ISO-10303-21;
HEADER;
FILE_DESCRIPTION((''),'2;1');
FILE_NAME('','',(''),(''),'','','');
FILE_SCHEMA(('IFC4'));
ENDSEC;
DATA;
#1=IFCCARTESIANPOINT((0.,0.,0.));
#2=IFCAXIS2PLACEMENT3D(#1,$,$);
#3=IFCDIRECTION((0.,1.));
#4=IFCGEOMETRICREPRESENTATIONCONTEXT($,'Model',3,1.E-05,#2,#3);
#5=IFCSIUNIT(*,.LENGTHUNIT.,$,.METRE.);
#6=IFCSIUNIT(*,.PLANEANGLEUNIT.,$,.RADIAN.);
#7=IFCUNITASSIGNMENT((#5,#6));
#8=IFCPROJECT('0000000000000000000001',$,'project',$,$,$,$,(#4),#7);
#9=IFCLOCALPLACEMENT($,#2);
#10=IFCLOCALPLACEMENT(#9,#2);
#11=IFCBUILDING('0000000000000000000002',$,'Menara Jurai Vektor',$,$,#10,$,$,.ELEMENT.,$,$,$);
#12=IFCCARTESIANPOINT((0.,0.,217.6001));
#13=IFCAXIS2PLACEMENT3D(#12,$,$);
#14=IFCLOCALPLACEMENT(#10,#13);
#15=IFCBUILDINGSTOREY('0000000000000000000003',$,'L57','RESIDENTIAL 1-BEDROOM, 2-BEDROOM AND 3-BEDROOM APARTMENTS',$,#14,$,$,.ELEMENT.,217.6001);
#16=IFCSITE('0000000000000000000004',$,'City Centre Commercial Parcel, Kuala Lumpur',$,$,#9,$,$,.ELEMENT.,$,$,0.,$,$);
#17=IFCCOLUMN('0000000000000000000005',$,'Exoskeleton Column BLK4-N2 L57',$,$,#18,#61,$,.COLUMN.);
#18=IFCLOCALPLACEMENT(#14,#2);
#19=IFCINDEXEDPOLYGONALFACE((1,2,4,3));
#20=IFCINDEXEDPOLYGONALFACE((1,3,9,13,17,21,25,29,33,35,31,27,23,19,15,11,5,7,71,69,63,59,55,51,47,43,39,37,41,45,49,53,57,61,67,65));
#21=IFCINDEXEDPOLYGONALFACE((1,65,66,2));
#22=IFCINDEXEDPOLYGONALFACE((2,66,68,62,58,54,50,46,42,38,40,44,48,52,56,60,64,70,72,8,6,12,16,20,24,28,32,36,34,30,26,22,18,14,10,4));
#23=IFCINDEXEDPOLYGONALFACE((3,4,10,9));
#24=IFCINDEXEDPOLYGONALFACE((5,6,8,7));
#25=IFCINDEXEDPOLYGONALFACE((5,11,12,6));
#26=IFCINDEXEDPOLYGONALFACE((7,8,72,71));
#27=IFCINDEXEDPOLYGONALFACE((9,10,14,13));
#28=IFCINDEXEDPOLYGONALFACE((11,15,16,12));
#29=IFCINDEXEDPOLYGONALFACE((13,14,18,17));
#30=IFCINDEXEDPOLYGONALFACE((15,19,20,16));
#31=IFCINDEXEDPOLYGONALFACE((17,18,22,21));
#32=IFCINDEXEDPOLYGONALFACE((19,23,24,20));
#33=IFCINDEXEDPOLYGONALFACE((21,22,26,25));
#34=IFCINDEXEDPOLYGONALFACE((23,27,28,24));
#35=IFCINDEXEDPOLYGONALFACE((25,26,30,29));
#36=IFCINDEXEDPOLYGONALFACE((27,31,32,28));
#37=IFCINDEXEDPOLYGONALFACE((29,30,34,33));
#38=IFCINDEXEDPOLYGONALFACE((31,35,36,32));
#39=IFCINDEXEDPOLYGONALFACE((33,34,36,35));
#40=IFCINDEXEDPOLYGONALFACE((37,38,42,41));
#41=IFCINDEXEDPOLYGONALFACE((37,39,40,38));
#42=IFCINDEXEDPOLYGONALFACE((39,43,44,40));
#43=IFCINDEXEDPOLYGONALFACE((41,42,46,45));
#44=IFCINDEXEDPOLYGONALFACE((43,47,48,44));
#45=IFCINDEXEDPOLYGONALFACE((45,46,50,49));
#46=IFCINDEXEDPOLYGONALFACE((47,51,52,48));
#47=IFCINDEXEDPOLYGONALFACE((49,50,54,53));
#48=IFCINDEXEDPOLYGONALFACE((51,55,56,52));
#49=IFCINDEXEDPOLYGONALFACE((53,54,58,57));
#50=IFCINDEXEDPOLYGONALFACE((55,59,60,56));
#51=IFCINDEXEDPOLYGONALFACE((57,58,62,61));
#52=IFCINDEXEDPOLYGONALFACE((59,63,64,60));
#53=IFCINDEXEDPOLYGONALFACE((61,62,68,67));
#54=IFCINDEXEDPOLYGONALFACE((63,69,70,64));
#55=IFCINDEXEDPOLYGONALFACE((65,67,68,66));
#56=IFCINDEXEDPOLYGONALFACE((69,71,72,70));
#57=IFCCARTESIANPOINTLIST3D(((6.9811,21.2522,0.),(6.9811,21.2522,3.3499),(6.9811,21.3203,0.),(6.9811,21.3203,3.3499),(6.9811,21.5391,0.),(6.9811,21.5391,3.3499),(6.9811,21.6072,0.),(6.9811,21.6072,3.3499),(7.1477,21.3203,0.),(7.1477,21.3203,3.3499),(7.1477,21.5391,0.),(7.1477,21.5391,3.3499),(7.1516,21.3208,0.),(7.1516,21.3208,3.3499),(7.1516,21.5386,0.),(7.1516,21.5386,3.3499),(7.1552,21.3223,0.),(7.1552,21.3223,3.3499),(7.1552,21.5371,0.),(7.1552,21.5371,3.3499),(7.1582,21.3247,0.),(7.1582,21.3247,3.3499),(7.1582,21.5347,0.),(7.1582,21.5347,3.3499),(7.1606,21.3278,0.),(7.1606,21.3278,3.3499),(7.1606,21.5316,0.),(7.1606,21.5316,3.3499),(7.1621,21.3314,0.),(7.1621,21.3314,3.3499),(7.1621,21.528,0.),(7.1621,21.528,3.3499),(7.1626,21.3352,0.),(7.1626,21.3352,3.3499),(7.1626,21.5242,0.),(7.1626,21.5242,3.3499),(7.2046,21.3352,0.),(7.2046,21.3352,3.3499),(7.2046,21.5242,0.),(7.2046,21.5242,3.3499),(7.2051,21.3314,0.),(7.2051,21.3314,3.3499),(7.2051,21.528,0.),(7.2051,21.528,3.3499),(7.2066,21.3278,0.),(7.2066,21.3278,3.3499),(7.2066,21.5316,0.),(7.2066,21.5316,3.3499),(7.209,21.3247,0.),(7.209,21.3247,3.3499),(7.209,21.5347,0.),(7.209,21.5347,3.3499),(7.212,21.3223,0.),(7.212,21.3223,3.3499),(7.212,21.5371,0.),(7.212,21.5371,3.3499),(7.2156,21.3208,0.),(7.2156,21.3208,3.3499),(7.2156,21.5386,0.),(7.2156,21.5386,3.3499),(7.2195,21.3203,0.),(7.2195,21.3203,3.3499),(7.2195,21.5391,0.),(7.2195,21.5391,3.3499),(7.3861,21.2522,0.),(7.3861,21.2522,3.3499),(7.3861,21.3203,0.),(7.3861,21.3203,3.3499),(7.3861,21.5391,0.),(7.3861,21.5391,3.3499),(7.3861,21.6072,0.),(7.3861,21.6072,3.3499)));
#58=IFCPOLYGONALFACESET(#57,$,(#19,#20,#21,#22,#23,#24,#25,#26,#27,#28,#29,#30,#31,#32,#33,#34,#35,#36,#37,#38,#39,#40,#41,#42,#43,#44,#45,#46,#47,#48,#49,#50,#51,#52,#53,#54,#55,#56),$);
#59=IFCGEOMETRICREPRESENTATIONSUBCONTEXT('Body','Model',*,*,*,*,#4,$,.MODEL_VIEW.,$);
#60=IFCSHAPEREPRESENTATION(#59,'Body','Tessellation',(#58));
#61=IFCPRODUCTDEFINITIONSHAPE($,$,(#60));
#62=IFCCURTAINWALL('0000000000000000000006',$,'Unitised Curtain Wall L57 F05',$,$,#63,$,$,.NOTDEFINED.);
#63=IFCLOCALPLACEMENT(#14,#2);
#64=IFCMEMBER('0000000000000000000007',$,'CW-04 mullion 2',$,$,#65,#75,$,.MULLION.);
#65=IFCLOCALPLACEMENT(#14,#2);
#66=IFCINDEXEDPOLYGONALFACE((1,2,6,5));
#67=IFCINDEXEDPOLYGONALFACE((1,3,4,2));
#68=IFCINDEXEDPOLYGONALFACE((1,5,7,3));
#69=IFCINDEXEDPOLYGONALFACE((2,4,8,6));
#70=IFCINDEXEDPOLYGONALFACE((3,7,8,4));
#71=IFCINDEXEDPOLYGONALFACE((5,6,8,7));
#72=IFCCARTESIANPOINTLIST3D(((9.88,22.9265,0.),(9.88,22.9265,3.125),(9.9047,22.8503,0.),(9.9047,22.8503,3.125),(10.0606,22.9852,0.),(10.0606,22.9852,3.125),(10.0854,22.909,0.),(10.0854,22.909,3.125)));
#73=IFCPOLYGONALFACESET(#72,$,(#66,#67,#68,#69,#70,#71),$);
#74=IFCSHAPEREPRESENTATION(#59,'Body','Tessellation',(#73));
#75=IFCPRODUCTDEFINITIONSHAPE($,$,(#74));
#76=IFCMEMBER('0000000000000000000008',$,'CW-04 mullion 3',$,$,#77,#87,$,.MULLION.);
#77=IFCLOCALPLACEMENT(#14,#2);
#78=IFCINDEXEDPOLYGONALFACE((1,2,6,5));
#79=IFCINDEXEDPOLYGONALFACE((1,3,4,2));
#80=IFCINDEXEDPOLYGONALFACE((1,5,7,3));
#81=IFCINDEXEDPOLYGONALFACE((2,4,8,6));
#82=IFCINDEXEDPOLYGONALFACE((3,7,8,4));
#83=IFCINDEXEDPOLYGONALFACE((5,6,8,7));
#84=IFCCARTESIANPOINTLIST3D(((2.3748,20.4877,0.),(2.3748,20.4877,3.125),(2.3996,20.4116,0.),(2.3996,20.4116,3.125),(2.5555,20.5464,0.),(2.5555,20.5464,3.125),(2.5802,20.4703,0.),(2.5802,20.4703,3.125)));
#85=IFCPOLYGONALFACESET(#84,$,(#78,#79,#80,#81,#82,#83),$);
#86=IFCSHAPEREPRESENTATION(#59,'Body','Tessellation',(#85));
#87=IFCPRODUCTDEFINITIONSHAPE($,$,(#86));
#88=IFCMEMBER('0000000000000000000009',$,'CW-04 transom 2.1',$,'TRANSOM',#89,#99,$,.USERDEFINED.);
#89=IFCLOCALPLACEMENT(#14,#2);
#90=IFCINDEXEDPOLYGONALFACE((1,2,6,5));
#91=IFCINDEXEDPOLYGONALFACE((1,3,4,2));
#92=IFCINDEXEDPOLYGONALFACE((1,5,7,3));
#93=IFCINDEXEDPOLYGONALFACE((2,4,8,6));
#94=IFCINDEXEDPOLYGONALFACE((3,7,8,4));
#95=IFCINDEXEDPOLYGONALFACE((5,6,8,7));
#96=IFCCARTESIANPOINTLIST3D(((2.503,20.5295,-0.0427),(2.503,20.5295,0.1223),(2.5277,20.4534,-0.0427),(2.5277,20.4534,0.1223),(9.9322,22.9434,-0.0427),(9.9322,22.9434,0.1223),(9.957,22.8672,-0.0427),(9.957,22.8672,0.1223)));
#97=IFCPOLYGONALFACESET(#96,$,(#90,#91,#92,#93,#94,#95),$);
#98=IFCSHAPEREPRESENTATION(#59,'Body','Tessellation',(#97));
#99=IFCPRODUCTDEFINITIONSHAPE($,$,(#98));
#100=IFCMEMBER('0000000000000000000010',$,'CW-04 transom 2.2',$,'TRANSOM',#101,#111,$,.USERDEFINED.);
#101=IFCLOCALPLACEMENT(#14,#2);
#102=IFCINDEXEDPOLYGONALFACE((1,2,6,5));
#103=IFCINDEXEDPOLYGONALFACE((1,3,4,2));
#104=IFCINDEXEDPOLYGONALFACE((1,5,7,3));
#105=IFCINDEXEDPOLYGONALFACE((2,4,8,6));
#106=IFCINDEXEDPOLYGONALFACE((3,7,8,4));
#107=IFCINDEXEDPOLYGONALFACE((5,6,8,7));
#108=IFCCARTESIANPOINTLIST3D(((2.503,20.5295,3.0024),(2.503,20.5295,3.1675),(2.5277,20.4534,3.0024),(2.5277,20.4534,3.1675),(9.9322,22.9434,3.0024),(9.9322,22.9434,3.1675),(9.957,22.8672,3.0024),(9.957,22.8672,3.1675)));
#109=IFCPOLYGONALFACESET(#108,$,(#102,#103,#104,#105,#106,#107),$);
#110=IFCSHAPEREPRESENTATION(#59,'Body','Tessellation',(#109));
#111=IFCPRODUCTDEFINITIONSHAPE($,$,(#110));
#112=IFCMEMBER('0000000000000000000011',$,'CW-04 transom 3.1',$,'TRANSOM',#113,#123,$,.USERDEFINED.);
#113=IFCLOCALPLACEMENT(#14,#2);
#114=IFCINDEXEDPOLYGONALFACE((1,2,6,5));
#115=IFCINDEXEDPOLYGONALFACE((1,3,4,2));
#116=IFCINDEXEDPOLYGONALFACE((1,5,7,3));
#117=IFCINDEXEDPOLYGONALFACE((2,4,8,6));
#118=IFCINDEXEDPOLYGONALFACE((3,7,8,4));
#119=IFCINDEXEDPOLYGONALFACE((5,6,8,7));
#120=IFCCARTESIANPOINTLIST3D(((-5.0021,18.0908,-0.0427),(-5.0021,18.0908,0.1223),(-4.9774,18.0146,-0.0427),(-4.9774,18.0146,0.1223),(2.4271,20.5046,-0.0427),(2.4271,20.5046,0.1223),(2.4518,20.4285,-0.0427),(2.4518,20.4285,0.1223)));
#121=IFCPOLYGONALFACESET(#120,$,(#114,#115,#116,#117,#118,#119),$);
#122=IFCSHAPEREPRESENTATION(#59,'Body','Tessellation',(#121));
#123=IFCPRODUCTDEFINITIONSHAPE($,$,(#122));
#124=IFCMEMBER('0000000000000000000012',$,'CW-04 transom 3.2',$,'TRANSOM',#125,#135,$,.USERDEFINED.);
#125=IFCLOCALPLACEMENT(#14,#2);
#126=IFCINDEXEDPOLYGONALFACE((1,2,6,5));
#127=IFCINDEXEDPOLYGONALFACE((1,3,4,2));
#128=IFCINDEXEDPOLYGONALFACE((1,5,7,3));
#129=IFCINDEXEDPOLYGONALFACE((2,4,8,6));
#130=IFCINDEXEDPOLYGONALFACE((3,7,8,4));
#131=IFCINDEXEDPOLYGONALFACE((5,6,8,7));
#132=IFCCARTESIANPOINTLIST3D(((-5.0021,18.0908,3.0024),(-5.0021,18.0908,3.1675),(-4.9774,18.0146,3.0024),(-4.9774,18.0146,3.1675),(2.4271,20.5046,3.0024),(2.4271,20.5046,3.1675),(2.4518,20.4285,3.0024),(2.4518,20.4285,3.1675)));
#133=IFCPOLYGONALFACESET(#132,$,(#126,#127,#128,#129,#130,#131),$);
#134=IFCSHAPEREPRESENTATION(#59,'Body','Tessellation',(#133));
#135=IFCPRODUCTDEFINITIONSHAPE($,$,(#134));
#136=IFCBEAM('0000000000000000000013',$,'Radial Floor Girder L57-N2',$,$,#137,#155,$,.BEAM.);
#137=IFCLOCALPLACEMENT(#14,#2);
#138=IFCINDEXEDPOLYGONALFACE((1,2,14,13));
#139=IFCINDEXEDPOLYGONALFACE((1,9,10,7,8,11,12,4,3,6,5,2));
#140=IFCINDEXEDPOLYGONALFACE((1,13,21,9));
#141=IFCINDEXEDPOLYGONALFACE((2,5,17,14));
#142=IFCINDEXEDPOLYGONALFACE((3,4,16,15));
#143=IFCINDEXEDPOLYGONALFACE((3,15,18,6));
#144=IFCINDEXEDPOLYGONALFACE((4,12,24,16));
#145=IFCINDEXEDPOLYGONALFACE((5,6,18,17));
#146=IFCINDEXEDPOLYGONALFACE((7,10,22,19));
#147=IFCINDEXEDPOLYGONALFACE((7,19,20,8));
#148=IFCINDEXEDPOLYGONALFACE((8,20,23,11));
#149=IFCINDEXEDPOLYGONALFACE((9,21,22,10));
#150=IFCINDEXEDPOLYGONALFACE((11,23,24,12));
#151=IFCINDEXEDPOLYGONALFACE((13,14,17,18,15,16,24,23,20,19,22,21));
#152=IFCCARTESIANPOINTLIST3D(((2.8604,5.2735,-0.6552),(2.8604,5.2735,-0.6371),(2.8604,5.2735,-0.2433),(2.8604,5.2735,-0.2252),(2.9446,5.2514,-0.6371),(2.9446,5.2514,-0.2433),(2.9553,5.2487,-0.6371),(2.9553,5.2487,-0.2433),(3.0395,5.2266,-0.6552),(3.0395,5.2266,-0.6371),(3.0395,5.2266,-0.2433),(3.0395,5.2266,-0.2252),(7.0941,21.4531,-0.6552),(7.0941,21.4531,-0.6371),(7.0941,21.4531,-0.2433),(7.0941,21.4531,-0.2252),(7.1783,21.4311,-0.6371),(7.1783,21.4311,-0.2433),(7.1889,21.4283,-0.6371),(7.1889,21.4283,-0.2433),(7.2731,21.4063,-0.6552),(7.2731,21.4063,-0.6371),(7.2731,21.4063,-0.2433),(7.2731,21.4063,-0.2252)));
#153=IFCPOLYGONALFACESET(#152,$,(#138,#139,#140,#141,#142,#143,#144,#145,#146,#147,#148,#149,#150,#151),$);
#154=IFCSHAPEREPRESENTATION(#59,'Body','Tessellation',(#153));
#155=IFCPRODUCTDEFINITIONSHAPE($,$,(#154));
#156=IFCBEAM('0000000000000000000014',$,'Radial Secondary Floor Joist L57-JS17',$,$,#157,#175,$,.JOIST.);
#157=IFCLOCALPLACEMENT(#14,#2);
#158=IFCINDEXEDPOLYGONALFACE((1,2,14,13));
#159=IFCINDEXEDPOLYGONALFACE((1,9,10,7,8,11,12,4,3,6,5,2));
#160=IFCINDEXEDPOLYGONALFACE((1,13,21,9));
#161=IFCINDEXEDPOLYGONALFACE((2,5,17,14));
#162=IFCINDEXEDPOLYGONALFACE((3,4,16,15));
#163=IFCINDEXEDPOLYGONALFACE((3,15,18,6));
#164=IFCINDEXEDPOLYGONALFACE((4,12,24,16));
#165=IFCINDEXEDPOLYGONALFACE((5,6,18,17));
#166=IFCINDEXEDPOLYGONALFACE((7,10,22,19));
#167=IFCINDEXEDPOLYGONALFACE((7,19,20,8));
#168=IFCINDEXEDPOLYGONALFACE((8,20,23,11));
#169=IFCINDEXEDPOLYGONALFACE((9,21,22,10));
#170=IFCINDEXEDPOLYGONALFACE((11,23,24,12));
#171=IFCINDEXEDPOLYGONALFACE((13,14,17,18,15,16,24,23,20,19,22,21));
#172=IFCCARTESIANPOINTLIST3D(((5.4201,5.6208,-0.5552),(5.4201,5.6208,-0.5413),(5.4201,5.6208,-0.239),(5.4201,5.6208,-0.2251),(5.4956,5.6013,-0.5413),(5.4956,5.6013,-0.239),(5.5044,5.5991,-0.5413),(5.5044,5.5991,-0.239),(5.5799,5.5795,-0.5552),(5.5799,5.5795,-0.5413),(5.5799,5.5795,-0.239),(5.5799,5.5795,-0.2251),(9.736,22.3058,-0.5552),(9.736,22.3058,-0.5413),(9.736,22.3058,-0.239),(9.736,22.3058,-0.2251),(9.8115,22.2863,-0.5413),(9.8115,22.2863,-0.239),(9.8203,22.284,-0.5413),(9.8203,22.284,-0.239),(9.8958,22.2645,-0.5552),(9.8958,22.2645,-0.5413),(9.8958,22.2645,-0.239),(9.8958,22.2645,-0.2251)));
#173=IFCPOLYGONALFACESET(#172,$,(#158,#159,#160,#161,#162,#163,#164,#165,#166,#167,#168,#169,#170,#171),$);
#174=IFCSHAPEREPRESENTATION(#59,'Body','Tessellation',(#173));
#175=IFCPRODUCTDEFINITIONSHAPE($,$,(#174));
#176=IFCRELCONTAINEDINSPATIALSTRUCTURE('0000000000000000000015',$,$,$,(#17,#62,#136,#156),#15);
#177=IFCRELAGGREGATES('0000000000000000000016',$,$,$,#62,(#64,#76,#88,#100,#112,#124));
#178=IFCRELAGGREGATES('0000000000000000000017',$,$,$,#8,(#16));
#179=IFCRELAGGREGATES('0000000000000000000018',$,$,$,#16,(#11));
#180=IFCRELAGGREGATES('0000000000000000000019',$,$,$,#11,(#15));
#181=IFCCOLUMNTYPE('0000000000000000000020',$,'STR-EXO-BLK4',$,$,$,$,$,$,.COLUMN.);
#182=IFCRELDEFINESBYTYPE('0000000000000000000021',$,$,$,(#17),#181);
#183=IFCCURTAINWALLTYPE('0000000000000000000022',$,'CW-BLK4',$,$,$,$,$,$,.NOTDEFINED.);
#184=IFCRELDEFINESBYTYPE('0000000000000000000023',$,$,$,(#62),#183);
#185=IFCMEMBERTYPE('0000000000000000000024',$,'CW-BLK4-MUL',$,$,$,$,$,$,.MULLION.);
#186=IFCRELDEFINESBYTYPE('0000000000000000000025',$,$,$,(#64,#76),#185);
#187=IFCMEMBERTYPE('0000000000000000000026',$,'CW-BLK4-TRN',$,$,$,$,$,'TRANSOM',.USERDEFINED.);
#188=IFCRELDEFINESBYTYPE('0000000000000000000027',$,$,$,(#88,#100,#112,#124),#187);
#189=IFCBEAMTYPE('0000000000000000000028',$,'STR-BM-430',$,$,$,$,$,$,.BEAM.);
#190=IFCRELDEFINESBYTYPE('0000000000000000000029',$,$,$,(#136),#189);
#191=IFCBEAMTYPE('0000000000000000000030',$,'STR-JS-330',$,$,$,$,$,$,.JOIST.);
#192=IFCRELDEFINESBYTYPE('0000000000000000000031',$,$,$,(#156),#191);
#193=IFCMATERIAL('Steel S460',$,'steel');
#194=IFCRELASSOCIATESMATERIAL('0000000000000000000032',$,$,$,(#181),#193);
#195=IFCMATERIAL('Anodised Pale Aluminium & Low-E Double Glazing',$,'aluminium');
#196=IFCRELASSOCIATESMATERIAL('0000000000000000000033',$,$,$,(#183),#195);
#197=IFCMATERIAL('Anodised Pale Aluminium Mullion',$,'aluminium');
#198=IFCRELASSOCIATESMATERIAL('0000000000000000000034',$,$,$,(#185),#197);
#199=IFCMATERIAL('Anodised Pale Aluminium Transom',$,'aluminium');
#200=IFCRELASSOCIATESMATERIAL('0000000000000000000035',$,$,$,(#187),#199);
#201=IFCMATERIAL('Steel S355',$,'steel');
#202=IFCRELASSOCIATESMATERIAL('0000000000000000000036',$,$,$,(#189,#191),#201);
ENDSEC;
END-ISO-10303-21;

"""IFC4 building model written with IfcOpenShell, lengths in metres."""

from ifc_helpers import new_model, si_unit, direction, frame, origin, origin_2d, place, context, subcontext, project, spatial, rectangle, i_section, extrude, material, material_profile, profile_set, type_object, element, aggregate, save


model = new_model("IFC4")

# Units and contexts
model_context = context("Model", 3, precision=1e-05, world=origin(), true_north=direction((0.0, 1.0)))
body_context = subcontext(model_context, "Body", "Model", "MODEL_VIEW")
ifc_project = project(units=[si_unit("LENGTHUNIT", "METRE"), si_unit("PLANEANGLEUNIT", "RADIAN")], contexts=[model_context])

# Site, building, storey
site_placement = place(None, origin())
site = spatial("IfcSite", under=ifc_project, at=site_placement, Name="City Centre Commercial Parcel, Kuala Lumpur", CompositionType="ELEMENT", RefElevation=0.0)
building_placement = place(site_placement, origin())
building = spatial("IfcBuilding", under=site, at=building_placement, Name="Menara Jurai Vektor", CompositionType="ELEMENT")
storey_placement = place(building_placement, frame((0.0, 0.0, 217.6001)))
storey = spatial("IfcBuildingStorey", under=building, at=storey_placement, Name="L57", Description="RESIDENTIAL 1-BEDROOM, 2-BEDROOM AND 3-BEDROOM APARTMENTS", CompositionType="ELEMENT", Elevation=217.6001)

# Column
ifc_material_1 = material(Name="Steel S460", Category="steel")
ifc_material_profile_1 = material_profile(ifc_material_1, i_section(OverallWidth=0.405, OverallDepth=0.355, WebThickness=0.042, FlangeThickness=0.0681, FilletRadius=0.0149, at=origin_2d()), Name="HD 400x551")
ifc_profile_set_1 = profile_set([ifc_material_profile_1], Name="Steel S460")
column_type = type_object("IfcColumnType", Name="STR-EXO-BLK4", PredefinedType="COLUMN", material=ifc_profile_set_1)
column_placement = place(storey_placement, frame((7.1836, 21.4297, 0.0), z_axis=(0.0, 0.0, 1.0), x_axis=(1.0, 0.0, 0.0)))
element("IfcColumn", 1, at=column_placement, inside=storey, type_object=column_type, Name="Exoskeleton Column BLK4-N2 L57", PredefinedType="COLUMN", context=body_context, shape_type="SweptSolid", body=[
    extrude(i_section(OverallWidth=0.405, OverallDepth=0.355, WebThickness=0.042, FlangeThickness=0.0681, FilletRadius=0.0149, at=origin_2d()), origin(), (0.0, 0.0, 1.0), 3.3499),
])

# Curtain wall, members
ifc_material_2 = material(Name="Anodised Pale Aluminium & Low-E Double Glazing", Category="aluminium")
curtain_wall_type = type_object("IfcCurtainWallType", Name="CW-BLK4", PredefinedType="NOTDEFINED", material=ifc_material_2)
curtain_wall_placement = place(storey_placement, origin())
curtain_wall = element("IfcCurtainWall", 2, at=curtain_wall_placement, inside=storey, type_object=curtain_wall_type, Name="Unitised Curtain Wall L57 F05", PredefinedType="NOTDEFINED")
ifc_material_3 = material(Name="Anodised Pale Aluminium Mullion", Category="aluminium")
ifc_material_profile_2 = material_profile(ifc_material_3, rectangle(XDim=0.0801, YDim=0.1899, at=origin_2d()), Name="ALU MUL 80x190")
ifc_profile_set_2 = profile_set([ifc_material_profile_2], Name="Anodised Pale Aluminium Mullion")
member_type_1 = type_object("IfcMemberType", Name="CW-BLK4-MUL", PredefinedType="MULLION", material=ifc_profile_set_2)
member_1_placement = place(storey_placement, frame((9.9827, 22.9177, 0.0), z_axis=(0.0, 0.0, 1.0), x_axis=(0.309017, -0.951056, 0.0)))
member_1 = element("IfcMember", 3, at=member_1_placement, type_object=member_type_1, Name="CW-04 mullion 2", PredefinedType="MULLION", context=body_context, shape_type="SweptSolid", body=[
    extrude(rectangle(XDim=0.0801, YDim=0.1899, at=origin_2d()), origin(), (0.0, 0.0, 1.0), 3.125),
])
member_2_placement = place(storey_placement, frame((2.4775, 20.479, 0.0), z_axis=(0.0, 0.0, 1.0), x_axis=(0.309017, -0.951056, 0.0)))
member_2 = element("IfcMember", 4, at=member_2_placement, type_object=member_type_1, Name="CW-04 mullion 3", PredefinedType="MULLION", context=body_context, shape_type="SweptSolid", body=[
    extrude(rectangle(XDim=0.0801, YDim=0.1899, at=origin_2d()), origin(), (0.0, 0.0, 1.0), 3.125),
])
ifc_material_4 = material(Name="Anodised Pale Aluminium Transom", Category="aluminium")
ifc_material_profile_3 = material_profile(ifc_material_4, rectangle(XDim=0.0801, YDim=0.165, at=origin_2d()), Name="ALU TRN 80x165")
ifc_profile_set_3 = profile_set([ifc_material_profile_3], Name="Anodised Pale Aluminium Transom")
member_type_2 = type_object("IfcMemberType", Name="CW-BLK4-TRN", ElementType="TRANSOM", PredefinedType="USERDEFINED", material=ifc_profile_set_3)
member_3_placement = place(storey_placement, frame((9.9446, 22.9053, 0.0398), z_axis=(-0.951059, -0.309008, 0.0), x_axis=(0.309008, -0.951059, 0.0)))
member_3 = element("IfcMember", 5, at=member_3_placement, type_object=member_type_2, Name="CW-04 transom 2.1", ObjectType="TRANSOM", PredefinedType="USERDEFINED", context=body_context, shape_type="SweptSolid", body=[
    extrude(rectangle(XDim=0.0801, YDim=0.165, at=origin_2d()), origin(), (0.0, 0.0, 1.0), 7.8115),
])
member_4_placement = place(storey_placement, frame((9.9446, 22.9053, 3.085), z_axis=(-0.951059, -0.309008, 0.0), x_axis=(0.309008, -0.951059, 0.0)))
member_4 = element("IfcMember", 6, at=member_4_placement, type_object=member_type_2, Name="CW-04 transom 2.2", ObjectType="TRANSOM", PredefinedType="USERDEFINED", context=body_context, shape_type="SweptSolid", body=[
    extrude(rectangle(XDim=0.0801, YDim=0.165, at=origin_2d()), origin(), (0.0, 0.0, 1.0), 7.8115),
])
member_5_placement = place(storey_placement, frame((2.4395, 20.4666, 0.0398), z_axis=(-0.951059, -0.309008, 0.0), x_axis=(0.309008, -0.951059, 0.0)))
member_5 = element("IfcMember", 7, at=member_5_placement, type_object=member_type_2, Name="CW-04 transom 3.1", ObjectType="TRANSOM", PredefinedType="USERDEFINED", context=body_context, shape_type="SweptSolid", body=[
    extrude(rectangle(XDim=0.0801, YDim=0.165, at=origin_2d()), origin(), (0.0, 0.0, 1.0), 7.8115),
])
member_6_placement = place(storey_placement, frame((2.4395, 20.4666, 3.085), z_axis=(-0.951059, -0.309008, 0.0), x_axis=(0.309008, -0.951059, 0.0)))
member_6 = element("IfcMember", 8, at=member_6_placement, type_object=member_type_2, Name="CW-04 transom 3.2", ObjectType="TRANSOM", PredefinedType="USERDEFINED", context=body_context, shape_type="SweptSolid", body=[
    extrude(rectangle(XDim=0.0801, YDim=0.165, at=origin_2d()), origin(), (0.0, 0.0, 1.0), 7.8115),
])

# Beams
ifc_material_5 = material(Name="Steel S355", Category="steel")
ifc_material_profile_4 = material_profile(ifc_material_5, i_section(OverallWidth=0.1851, OverallDepth=0.4299, WebThickness=0.011, FlangeThickness=0.0181, at=origin_2d()), Name="PG 430x185x76")
ifc_profile_set_4 = profile_set([ifc_material_profile_4], Name="Steel S355")
beam_type_1 = type_object("IfcBeamType", Name="STR-BM-430", PredefinedType="BEAM", material=ifc_profile_set_4)
beam_1_placement = place(storey_placement, frame((7.1836, 21.4297, -0.4402), z_axis=(-0.253141, -0.967429, 0.0), x_axis=(0.967429, -0.253141, 0.0)))
element("IfcBeam", 9, at=beam_1_placement, inside=storey, type_object=beam_type_1, Name="Radial Floor Girder L57-N2", PredefinedType="BEAM", context=body_context, shape_type="SweptSolid", body=[
    extrude(i_section(OverallWidth=0.1851, OverallDepth=0.4299, WebThickness=0.011, FlangeThickness=0.0181, at=origin_2d()), origin(), (0.0, 0.0, 1.0), 16.7244),
])
ifc_material_profile_5 = material_profile(ifc_material_5, i_section(OverallWidth=0.165, OverallDepth=0.3301, WebThickness=0.009, FlangeThickness=0.0139, at=origin_2d()), Name="PG 330x165x46")
ifc_profile_set_5 = profile_set([ifc_material_profile_5], Name="Steel S355")
beam_type_2 = type_object("IfcBeamType", Name="STR-JS-330", PredefinedType="JOIST", material=ifc_profile_set_5)
beam_2_placement = place(storey_placement, frame((9.8159, 22.2852, -0.3901), z_axis=(-0.250427, -0.968135, 0.0), x_axis=(0.968135, -0.250427, 0.0)))
element("IfcBeam", 10, at=beam_2_placement, inside=storey, type_object=beam_type_2, Name="Radial Secondary Floor Joist L57-JS17", PredefinedType="JOIST", context=body_context, shape_type="SweptSolid", body=[
    extrude(i_section(OverallWidth=0.165, OverallDepth=0.3301, WebThickness=0.009, FlangeThickness=0.0139, at=origin_2d()), origin(), (0.0, 0.0, 1.0), 17.2341),
])

aggregate(curtain_wall, [member_1, member_2, member_3, member_4, member_5, member_6])

save(model, "model.ifc")
